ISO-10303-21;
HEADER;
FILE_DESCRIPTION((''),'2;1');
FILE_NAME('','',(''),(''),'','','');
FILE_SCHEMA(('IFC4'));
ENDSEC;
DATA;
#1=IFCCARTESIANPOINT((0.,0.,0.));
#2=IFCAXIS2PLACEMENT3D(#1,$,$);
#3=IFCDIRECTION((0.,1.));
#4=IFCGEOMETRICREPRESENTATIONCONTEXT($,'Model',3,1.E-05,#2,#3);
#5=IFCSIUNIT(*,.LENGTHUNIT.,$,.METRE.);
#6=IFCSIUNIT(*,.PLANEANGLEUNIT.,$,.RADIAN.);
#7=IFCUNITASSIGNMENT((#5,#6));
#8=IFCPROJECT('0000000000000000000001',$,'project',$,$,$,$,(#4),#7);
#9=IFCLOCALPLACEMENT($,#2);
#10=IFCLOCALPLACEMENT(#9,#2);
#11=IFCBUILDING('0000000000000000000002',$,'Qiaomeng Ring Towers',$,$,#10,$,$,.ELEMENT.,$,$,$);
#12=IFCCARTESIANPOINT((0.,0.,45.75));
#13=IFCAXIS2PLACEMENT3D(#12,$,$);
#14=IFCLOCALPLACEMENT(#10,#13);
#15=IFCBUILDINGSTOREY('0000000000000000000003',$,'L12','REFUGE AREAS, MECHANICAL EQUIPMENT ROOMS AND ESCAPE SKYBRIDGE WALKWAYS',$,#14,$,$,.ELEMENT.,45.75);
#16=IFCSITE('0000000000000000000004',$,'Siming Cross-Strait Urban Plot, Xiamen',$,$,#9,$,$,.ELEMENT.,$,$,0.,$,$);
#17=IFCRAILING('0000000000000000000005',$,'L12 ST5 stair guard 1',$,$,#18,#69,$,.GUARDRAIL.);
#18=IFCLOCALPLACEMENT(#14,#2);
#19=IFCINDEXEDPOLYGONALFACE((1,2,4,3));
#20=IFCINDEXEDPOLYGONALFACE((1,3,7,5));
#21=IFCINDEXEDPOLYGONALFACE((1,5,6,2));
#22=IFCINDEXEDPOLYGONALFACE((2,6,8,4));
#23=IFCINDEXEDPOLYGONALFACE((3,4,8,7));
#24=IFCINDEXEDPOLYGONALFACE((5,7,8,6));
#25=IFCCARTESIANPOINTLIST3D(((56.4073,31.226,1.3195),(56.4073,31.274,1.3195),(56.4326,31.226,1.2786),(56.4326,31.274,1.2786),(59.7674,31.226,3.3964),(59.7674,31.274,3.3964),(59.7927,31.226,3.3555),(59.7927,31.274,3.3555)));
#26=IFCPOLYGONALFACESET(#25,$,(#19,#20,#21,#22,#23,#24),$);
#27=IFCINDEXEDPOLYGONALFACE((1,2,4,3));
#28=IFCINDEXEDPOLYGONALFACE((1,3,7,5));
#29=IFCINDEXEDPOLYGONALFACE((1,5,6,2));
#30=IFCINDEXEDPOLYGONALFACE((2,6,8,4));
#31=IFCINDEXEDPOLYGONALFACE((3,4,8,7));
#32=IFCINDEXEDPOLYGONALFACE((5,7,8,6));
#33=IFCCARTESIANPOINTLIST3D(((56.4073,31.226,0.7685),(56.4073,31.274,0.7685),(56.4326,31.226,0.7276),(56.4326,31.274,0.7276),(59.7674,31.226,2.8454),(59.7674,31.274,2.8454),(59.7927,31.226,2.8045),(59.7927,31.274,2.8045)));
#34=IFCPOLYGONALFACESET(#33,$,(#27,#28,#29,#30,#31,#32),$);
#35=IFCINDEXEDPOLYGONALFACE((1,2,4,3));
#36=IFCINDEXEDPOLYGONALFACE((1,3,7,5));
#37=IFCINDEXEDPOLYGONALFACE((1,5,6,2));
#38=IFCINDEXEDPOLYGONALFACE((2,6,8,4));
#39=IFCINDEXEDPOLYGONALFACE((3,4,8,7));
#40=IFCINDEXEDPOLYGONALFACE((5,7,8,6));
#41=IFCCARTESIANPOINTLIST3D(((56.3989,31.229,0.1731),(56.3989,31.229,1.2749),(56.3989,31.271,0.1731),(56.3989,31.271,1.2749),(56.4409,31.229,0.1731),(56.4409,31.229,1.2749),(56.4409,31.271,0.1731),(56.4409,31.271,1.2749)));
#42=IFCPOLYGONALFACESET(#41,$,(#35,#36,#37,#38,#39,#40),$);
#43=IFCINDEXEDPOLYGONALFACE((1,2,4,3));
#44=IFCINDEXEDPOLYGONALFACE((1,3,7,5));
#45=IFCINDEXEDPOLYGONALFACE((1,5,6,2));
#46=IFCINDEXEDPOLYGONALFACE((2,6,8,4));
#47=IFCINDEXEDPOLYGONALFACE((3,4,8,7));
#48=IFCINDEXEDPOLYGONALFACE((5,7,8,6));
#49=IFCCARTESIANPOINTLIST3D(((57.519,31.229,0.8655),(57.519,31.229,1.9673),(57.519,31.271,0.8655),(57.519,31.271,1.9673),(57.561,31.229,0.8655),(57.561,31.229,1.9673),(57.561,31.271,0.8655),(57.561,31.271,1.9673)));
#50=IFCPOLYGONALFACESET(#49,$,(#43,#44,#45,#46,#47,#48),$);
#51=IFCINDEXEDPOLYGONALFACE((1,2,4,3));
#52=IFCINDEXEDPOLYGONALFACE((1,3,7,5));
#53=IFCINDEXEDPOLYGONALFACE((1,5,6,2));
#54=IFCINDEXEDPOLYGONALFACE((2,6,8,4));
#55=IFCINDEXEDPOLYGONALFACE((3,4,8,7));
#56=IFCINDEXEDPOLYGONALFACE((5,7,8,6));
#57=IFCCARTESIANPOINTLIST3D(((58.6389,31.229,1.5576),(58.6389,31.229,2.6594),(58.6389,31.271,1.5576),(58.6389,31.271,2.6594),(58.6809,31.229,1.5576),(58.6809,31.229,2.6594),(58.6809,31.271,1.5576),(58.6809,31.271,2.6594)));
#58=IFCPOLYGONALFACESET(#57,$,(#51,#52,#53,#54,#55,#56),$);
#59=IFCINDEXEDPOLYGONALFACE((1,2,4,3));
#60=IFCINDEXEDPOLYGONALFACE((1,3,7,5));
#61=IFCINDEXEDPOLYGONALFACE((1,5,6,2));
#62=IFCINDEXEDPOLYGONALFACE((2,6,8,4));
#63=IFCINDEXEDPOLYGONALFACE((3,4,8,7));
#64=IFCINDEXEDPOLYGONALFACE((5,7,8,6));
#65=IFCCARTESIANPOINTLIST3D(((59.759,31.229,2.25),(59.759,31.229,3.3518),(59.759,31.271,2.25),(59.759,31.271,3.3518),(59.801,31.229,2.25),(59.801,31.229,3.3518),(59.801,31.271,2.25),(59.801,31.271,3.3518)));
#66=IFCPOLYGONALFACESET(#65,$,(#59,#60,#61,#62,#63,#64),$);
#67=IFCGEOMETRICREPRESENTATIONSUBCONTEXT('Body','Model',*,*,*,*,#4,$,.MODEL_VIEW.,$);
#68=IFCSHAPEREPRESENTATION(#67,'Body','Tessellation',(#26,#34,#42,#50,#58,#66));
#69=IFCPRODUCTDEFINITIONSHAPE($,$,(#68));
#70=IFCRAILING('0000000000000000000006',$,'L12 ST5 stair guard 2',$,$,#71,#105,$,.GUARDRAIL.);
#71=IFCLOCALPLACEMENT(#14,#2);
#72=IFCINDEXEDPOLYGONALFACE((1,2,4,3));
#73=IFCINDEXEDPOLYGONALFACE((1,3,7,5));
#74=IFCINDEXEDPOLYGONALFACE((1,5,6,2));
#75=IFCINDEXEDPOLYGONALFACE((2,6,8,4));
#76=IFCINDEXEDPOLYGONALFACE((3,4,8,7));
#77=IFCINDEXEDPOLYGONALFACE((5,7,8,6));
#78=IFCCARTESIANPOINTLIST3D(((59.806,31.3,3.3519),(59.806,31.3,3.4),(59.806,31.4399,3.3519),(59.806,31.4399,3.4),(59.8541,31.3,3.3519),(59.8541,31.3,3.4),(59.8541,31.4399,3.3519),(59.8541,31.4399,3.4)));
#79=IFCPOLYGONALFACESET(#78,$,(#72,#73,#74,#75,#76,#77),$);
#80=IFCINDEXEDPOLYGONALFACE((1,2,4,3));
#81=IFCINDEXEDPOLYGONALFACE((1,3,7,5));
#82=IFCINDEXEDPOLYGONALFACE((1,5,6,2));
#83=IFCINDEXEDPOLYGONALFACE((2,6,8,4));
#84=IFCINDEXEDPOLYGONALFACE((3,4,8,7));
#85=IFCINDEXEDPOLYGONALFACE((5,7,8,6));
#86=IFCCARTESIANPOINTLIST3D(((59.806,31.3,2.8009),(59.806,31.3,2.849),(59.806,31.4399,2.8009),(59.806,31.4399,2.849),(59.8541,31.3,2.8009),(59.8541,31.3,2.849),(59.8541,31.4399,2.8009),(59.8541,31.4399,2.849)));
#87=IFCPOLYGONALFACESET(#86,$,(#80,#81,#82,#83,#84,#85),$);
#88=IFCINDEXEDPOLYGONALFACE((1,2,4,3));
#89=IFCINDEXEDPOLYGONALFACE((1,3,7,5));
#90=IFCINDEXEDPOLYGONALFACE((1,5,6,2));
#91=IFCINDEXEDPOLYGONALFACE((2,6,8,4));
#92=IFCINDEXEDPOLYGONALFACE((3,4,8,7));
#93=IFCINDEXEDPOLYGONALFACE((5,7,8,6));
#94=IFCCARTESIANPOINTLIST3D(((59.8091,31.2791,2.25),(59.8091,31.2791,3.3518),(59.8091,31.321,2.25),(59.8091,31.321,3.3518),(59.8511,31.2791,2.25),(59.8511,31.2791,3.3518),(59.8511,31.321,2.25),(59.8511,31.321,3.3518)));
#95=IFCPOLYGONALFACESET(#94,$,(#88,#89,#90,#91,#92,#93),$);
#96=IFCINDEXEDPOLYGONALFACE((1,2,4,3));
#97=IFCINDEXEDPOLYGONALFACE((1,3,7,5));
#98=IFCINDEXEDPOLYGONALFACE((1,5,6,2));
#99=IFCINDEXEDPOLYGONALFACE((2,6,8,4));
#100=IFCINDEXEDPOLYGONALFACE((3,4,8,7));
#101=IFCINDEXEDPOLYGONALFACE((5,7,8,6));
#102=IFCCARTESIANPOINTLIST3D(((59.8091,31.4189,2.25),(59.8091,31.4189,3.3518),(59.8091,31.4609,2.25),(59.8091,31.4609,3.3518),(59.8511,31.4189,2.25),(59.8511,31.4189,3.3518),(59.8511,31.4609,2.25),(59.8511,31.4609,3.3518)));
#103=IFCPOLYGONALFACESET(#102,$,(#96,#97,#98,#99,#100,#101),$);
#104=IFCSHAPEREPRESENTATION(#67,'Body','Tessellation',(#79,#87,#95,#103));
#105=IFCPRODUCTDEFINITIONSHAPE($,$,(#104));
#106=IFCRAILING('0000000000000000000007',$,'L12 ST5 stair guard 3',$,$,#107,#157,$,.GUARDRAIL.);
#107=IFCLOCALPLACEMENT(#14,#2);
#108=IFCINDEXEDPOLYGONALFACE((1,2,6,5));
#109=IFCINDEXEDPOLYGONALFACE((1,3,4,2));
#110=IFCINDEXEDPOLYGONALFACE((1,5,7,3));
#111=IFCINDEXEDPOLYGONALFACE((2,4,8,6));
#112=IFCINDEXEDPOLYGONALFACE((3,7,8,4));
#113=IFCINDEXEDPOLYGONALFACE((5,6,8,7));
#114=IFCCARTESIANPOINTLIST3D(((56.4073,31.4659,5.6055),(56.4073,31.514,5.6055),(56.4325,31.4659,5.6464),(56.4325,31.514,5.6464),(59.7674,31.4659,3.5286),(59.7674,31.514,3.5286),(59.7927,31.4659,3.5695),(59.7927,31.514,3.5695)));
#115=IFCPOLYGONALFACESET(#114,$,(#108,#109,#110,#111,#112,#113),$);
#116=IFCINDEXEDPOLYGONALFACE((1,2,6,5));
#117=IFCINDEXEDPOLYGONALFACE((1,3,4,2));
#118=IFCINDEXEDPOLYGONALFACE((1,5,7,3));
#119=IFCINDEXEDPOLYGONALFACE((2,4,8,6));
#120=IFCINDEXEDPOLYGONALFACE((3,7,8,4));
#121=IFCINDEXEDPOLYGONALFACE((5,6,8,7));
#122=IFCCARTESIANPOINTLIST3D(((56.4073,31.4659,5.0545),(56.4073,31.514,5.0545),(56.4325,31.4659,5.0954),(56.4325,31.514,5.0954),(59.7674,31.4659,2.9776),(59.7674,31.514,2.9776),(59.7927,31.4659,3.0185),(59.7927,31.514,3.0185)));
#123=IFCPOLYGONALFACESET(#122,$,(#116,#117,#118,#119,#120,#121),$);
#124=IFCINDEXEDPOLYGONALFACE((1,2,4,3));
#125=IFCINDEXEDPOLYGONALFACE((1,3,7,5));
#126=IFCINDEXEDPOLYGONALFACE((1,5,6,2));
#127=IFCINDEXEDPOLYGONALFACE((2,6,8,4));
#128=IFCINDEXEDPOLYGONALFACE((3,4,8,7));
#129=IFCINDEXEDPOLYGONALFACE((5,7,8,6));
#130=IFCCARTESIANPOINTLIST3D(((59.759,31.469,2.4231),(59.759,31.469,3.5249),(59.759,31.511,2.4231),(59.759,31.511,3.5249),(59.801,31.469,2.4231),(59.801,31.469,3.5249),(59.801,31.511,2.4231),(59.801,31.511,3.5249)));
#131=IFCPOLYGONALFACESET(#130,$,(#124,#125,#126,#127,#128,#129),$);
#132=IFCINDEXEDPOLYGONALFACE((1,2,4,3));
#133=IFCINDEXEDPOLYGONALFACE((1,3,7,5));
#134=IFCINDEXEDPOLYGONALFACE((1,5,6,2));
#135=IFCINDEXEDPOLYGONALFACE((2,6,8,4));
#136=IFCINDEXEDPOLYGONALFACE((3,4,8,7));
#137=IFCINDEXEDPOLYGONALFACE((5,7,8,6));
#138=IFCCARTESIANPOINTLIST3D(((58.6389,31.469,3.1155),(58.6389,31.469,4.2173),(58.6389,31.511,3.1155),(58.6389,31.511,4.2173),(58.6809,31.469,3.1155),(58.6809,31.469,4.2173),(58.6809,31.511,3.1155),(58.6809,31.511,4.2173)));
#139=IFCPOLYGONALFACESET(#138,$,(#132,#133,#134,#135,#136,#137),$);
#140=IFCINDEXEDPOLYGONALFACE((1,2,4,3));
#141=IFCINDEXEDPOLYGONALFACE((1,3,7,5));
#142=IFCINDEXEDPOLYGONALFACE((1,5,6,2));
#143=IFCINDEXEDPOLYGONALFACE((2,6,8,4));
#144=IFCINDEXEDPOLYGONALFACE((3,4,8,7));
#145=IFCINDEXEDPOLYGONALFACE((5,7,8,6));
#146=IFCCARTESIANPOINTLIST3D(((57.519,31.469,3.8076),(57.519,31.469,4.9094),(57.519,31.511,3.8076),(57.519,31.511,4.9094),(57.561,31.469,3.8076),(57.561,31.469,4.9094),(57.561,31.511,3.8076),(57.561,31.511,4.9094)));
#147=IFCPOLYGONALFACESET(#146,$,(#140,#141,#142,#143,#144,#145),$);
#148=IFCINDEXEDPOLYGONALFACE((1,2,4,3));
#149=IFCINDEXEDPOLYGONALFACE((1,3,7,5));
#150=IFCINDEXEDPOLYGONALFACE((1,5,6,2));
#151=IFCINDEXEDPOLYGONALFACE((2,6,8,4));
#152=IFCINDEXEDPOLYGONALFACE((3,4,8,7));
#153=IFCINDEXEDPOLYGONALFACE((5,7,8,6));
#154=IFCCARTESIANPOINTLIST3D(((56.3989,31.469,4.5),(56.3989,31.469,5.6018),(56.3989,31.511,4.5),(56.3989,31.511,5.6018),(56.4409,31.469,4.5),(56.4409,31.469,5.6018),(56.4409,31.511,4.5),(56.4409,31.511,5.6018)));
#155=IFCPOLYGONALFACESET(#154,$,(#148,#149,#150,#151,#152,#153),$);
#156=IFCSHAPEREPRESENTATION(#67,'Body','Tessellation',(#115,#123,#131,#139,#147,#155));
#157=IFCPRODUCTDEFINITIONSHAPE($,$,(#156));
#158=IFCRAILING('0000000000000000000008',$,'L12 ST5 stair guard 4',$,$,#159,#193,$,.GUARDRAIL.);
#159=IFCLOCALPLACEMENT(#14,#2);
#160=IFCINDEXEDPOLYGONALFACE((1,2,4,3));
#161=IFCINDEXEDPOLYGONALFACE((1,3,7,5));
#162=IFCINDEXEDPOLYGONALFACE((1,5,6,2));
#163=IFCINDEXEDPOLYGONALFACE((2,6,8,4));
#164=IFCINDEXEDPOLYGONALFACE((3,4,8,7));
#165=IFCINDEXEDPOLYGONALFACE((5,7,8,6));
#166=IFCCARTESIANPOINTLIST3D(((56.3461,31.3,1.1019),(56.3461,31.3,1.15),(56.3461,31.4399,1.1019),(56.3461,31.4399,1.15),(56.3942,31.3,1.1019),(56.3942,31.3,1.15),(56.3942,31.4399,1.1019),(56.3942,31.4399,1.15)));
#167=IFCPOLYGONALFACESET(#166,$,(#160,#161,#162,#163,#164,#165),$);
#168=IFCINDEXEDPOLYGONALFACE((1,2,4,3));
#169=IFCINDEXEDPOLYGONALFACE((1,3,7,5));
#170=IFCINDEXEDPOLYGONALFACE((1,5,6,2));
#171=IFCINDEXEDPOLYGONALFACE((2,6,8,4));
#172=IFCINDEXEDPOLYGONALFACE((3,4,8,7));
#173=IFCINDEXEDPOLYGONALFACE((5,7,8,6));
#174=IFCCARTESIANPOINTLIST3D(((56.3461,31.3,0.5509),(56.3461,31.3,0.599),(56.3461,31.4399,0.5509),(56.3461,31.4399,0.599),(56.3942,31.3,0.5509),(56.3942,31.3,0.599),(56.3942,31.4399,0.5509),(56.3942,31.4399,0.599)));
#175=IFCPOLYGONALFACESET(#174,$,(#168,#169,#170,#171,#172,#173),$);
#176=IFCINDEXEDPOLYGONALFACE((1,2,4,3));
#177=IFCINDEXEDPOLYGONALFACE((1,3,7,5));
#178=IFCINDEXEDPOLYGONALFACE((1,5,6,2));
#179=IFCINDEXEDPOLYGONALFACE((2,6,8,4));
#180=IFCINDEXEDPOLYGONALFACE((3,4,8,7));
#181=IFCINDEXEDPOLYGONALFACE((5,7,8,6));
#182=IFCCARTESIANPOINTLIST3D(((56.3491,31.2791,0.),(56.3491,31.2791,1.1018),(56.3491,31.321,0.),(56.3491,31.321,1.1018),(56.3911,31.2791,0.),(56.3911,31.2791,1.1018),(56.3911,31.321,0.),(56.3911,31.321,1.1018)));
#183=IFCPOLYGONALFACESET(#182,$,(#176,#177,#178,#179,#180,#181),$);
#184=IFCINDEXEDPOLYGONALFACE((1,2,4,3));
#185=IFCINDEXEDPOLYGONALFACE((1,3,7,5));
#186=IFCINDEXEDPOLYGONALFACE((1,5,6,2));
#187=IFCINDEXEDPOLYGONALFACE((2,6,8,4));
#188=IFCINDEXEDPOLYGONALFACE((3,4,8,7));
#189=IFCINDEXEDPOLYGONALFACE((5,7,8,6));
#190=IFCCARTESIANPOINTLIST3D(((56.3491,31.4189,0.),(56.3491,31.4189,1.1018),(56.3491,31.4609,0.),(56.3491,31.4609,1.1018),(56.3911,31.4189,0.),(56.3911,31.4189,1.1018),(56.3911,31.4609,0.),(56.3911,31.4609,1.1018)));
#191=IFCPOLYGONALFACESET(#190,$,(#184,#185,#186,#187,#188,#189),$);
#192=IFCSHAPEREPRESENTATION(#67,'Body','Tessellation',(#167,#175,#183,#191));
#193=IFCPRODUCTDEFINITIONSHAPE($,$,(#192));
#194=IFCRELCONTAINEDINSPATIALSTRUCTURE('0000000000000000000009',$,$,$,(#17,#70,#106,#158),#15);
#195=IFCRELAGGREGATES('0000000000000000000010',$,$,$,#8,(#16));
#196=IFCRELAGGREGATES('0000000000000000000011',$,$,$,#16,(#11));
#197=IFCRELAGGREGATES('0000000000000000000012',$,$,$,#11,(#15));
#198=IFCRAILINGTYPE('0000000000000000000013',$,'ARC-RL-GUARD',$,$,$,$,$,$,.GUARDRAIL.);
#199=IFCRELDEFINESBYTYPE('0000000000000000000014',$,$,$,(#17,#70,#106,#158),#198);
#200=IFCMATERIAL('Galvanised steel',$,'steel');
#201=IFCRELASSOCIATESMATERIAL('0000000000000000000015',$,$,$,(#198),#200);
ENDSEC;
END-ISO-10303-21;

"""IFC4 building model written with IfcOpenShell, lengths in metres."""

from ifc_helpers import new_model, si_unit, direction, frame, origin, origin_2d, place, context, subcontext, project, spatial, rectangle, extrude, material, type_object, element, save


model = new_model("IFC4")

# Units and contexts
model_context = context("Model", 3, precision=1e-05, world=origin(), true_north=direction((0.0, 1.0)))
body_context = subcontext(model_context, "Body", "Model", "MODEL_VIEW")
ifc_project = project(units=[si_unit("LENGTHUNIT", "METRE"), si_unit("PLANEANGLEUNIT", "RADIAN")], contexts=[model_context])

# Site, building, storey
site_placement = place(None, origin())
site = spatial("IfcSite", under=ifc_project, at=site_placement, Name="Siming Cross-Strait Urban Plot, Xiamen", CompositionType="ELEMENT", RefElevation=0.0)
building_placement = place(site_placement, origin())
building = spatial("IfcBuilding", under=site, at=building_placement, Name="Qiaomeng Ring Towers", CompositionType="ELEMENT")
storey_placement = place(building_placement, frame((0.0, 0.0, 45.75)))
storey = spatial("IfcBuildingStorey", under=building, at=storey_placement, Name="L12", Description="REFUGE AREAS, MECHANICAL EQUIPMENT ROOMS AND ESCAPE SKYBRIDGE WALKWAYS", CompositionType="ELEMENT", Elevation=45.75)

# Shared definitions
ifc_material_1 = material(Name="Galvanised steel", Category="steel")

# Railings
railing_type_1 = type_object("IfcRailingType", Name="ARC-RL-GUARD", PredefinedType="GUARDRAIL", material=ifc_material_1)
railing_1_placement = place(storey_placement, frame((56.4199, 31.25, 0.1731)))
element("IfcRailing", 1, at=railing_1_placement, inside=storey, type_object=railing_type_1, Name="L12 ST5 stair guard 1", PredefinedType="GUARDRAIL", context=body_context, shape_type="SweptSolid", body=[
    extrude(rectangle(XDim=0.0481, YDim=0.0481, at=origin_2d()), frame((0.0, 0.0, 1.126), z_axis=(0.850623, 0.0, 0.525776), x_axis=(0.0, 1.0, 0.0)), (0.0, 0.0, 1.0), 3.9502),
    extrude(rectangle(XDim=0.0481, YDim=0.0481, at=origin_2d()), frame((0.0, 0.0, 0.575), z_axis=(0.850623, 0.0, 0.525776), x_axis=(0.0, 1.0, 0.0)), (0.0, 0.0, 1.0), 3.9502),
    extrude(rectangle(XDim=0.042, YDim=0.042, at=origin_2d()), origin(), (0.0, 0.0, 1.0), 1.1018),
    extrude(rectangle(XDim=0.042, YDim=0.042, at=origin_2d()), frame((1.1201, 0.0, 0.6924)), (0.0, 0.0, 1.0), 1.1018),
    extrude(rectangle(XDim=0.042, YDim=0.042, at=origin_2d()), frame((2.24, 0.0, 1.3845)), (0.0, 0.0, 1.0), 1.1018),
    extrude(rectangle(XDim=0.042, YDim=0.042, at=origin_2d()), frame((3.3601, 0.0, 2.0769)), (0.0, 0.0, 1.0), 1.1018),
])
railing_2_placement = place(storey_placement, frame((59.8301, 31.3, 2.25)))
element("IfcRailing", 2, at=railing_2_placement, inside=storey, type_object=railing_type_1, Name="L12 ST5 stair guard 2", PredefinedType="GUARDRAIL", context=body_context, shape_type="SweptSolid", body=[
    extrude(rectangle(XDim=0.0481, YDim=0.0481, at=origin_2d()), frame((0.0, 0.0, 1.126), z_axis=(0.0, 1.0, 0.0), x_axis=(-1.0, 0.0, 0.0)), (0.0, 0.0, 1.0), 0.1399),
    extrude(rectangle(XDim=0.0481, YDim=0.0481, at=origin_2d()), frame((0.0, 0.0, 0.575), z_axis=(0.0, 1.0, 0.0), x_axis=(-1.0, 0.0, 0.0)), (0.0, 0.0, 1.0), 0.1399),
    extrude(rectangle(XDim=0.042, YDim=0.042, at=origin_2d()), origin(), (0.0, 0.0, 1.0), 1.1018),
    extrude(rectangle(XDim=0.042, YDim=0.042, at=origin_2d()), frame((0.0, 0.1399, 0.0)), (0.0, 0.0, 1.0), 1.1018),
])
railing_3_placement = place(storey_placement, frame((59.78, 31.49, 2.4231)))
element("IfcRailing", 3, at=railing_3_placement, inside=storey, type_object=railing_type_1, Name="L12 ST5 stair guard 3", PredefinedType="GUARDRAIL", context=body_context, shape_type="SweptSolid", body=[
    extrude(rectangle(XDim=0.0481, YDim=0.0481, at=origin_2d()), frame((0.0, 0.0, 1.126), z_axis=(-0.850623, 0.0, 0.525776), x_axis=(0.0, -1.0, 0.0)), (0.0, 0.0, 1.0), 3.9502),
    extrude(rectangle(XDim=0.0481, YDim=0.0481, at=origin_2d()), frame((0.0, 0.0, 0.575), z_axis=(-0.850623, 0.0, 0.525776), x_axis=(0.0, -1.0, 0.0)), (0.0, 0.0, 1.0), 3.9502),
    extrude(rectangle(XDim=0.042, YDim=0.042, at=origin_2d()), origin(), (0.0, 0.0, 1.0), 1.1018),
    extrude(rectangle(XDim=0.042, YDim=0.042, at=origin_2d()), frame((-1.1201, 0.0, 0.6924)), (0.0, 0.0, 1.0), 1.1018),
    extrude(rectangle(XDim=0.042, YDim=0.042, at=origin_2d()), frame((-2.24, 0.0, 1.3845)), (0.0, 0.0, 1.0), 1.1018),
    extrude(rectangle(XDim=0.042, YDim=0.042, at=origin_2d()), frame((-3.3601, 0.0, 2.0769)), (0.0, 0.0, 1.0), 1.1018),
])
railing_4_placement = place(storey_placement, frame((56.3701, 31.3, 0.0)))
element("IfcRailing", 4, at=railing_4_placement, inside=storey, type_object=railing_type_1, Name="L12 ST5 stair guard 4", PredefinedType="GUARDRAIL", context=body_context, shape_type="SweptSolid", body=[
    extrude(rectangle(XDim=0.0481, YDim=0.0481, at=origin_2d()), frame((0.0, 0.0, 1.126), z_axis=(0.0, 1.0, 0.0), x_axis=(-1.0, 0.0, 0.0)), (0.0, 0.0, 1.0), 0.1399),
    extrude(rectangle(XDim=0.0481, YDim=0.0481, at=origin_2d()), frame((0.0, 0.0, 0.575), z_axis=(0.0, 1.0, 0.0), x_axis=(-1.0, 0.0, 0.0)), (0.0, 0.0, 1.0), 0.1399),
    extrude(rectangle(XDim=0.042, YDim=0.042, at=origin_2d()), origin(), (0.0, 0.0, 1.0), 1.1018),
    extrude(rectangle(XDim=0.042, YDim=0.042, at=origin_2d()), frame((0.0, 0.1399, 0.0)), (0.0, 0.0, 1.0), 1.1018),
])

save(model, "model.ifc")
